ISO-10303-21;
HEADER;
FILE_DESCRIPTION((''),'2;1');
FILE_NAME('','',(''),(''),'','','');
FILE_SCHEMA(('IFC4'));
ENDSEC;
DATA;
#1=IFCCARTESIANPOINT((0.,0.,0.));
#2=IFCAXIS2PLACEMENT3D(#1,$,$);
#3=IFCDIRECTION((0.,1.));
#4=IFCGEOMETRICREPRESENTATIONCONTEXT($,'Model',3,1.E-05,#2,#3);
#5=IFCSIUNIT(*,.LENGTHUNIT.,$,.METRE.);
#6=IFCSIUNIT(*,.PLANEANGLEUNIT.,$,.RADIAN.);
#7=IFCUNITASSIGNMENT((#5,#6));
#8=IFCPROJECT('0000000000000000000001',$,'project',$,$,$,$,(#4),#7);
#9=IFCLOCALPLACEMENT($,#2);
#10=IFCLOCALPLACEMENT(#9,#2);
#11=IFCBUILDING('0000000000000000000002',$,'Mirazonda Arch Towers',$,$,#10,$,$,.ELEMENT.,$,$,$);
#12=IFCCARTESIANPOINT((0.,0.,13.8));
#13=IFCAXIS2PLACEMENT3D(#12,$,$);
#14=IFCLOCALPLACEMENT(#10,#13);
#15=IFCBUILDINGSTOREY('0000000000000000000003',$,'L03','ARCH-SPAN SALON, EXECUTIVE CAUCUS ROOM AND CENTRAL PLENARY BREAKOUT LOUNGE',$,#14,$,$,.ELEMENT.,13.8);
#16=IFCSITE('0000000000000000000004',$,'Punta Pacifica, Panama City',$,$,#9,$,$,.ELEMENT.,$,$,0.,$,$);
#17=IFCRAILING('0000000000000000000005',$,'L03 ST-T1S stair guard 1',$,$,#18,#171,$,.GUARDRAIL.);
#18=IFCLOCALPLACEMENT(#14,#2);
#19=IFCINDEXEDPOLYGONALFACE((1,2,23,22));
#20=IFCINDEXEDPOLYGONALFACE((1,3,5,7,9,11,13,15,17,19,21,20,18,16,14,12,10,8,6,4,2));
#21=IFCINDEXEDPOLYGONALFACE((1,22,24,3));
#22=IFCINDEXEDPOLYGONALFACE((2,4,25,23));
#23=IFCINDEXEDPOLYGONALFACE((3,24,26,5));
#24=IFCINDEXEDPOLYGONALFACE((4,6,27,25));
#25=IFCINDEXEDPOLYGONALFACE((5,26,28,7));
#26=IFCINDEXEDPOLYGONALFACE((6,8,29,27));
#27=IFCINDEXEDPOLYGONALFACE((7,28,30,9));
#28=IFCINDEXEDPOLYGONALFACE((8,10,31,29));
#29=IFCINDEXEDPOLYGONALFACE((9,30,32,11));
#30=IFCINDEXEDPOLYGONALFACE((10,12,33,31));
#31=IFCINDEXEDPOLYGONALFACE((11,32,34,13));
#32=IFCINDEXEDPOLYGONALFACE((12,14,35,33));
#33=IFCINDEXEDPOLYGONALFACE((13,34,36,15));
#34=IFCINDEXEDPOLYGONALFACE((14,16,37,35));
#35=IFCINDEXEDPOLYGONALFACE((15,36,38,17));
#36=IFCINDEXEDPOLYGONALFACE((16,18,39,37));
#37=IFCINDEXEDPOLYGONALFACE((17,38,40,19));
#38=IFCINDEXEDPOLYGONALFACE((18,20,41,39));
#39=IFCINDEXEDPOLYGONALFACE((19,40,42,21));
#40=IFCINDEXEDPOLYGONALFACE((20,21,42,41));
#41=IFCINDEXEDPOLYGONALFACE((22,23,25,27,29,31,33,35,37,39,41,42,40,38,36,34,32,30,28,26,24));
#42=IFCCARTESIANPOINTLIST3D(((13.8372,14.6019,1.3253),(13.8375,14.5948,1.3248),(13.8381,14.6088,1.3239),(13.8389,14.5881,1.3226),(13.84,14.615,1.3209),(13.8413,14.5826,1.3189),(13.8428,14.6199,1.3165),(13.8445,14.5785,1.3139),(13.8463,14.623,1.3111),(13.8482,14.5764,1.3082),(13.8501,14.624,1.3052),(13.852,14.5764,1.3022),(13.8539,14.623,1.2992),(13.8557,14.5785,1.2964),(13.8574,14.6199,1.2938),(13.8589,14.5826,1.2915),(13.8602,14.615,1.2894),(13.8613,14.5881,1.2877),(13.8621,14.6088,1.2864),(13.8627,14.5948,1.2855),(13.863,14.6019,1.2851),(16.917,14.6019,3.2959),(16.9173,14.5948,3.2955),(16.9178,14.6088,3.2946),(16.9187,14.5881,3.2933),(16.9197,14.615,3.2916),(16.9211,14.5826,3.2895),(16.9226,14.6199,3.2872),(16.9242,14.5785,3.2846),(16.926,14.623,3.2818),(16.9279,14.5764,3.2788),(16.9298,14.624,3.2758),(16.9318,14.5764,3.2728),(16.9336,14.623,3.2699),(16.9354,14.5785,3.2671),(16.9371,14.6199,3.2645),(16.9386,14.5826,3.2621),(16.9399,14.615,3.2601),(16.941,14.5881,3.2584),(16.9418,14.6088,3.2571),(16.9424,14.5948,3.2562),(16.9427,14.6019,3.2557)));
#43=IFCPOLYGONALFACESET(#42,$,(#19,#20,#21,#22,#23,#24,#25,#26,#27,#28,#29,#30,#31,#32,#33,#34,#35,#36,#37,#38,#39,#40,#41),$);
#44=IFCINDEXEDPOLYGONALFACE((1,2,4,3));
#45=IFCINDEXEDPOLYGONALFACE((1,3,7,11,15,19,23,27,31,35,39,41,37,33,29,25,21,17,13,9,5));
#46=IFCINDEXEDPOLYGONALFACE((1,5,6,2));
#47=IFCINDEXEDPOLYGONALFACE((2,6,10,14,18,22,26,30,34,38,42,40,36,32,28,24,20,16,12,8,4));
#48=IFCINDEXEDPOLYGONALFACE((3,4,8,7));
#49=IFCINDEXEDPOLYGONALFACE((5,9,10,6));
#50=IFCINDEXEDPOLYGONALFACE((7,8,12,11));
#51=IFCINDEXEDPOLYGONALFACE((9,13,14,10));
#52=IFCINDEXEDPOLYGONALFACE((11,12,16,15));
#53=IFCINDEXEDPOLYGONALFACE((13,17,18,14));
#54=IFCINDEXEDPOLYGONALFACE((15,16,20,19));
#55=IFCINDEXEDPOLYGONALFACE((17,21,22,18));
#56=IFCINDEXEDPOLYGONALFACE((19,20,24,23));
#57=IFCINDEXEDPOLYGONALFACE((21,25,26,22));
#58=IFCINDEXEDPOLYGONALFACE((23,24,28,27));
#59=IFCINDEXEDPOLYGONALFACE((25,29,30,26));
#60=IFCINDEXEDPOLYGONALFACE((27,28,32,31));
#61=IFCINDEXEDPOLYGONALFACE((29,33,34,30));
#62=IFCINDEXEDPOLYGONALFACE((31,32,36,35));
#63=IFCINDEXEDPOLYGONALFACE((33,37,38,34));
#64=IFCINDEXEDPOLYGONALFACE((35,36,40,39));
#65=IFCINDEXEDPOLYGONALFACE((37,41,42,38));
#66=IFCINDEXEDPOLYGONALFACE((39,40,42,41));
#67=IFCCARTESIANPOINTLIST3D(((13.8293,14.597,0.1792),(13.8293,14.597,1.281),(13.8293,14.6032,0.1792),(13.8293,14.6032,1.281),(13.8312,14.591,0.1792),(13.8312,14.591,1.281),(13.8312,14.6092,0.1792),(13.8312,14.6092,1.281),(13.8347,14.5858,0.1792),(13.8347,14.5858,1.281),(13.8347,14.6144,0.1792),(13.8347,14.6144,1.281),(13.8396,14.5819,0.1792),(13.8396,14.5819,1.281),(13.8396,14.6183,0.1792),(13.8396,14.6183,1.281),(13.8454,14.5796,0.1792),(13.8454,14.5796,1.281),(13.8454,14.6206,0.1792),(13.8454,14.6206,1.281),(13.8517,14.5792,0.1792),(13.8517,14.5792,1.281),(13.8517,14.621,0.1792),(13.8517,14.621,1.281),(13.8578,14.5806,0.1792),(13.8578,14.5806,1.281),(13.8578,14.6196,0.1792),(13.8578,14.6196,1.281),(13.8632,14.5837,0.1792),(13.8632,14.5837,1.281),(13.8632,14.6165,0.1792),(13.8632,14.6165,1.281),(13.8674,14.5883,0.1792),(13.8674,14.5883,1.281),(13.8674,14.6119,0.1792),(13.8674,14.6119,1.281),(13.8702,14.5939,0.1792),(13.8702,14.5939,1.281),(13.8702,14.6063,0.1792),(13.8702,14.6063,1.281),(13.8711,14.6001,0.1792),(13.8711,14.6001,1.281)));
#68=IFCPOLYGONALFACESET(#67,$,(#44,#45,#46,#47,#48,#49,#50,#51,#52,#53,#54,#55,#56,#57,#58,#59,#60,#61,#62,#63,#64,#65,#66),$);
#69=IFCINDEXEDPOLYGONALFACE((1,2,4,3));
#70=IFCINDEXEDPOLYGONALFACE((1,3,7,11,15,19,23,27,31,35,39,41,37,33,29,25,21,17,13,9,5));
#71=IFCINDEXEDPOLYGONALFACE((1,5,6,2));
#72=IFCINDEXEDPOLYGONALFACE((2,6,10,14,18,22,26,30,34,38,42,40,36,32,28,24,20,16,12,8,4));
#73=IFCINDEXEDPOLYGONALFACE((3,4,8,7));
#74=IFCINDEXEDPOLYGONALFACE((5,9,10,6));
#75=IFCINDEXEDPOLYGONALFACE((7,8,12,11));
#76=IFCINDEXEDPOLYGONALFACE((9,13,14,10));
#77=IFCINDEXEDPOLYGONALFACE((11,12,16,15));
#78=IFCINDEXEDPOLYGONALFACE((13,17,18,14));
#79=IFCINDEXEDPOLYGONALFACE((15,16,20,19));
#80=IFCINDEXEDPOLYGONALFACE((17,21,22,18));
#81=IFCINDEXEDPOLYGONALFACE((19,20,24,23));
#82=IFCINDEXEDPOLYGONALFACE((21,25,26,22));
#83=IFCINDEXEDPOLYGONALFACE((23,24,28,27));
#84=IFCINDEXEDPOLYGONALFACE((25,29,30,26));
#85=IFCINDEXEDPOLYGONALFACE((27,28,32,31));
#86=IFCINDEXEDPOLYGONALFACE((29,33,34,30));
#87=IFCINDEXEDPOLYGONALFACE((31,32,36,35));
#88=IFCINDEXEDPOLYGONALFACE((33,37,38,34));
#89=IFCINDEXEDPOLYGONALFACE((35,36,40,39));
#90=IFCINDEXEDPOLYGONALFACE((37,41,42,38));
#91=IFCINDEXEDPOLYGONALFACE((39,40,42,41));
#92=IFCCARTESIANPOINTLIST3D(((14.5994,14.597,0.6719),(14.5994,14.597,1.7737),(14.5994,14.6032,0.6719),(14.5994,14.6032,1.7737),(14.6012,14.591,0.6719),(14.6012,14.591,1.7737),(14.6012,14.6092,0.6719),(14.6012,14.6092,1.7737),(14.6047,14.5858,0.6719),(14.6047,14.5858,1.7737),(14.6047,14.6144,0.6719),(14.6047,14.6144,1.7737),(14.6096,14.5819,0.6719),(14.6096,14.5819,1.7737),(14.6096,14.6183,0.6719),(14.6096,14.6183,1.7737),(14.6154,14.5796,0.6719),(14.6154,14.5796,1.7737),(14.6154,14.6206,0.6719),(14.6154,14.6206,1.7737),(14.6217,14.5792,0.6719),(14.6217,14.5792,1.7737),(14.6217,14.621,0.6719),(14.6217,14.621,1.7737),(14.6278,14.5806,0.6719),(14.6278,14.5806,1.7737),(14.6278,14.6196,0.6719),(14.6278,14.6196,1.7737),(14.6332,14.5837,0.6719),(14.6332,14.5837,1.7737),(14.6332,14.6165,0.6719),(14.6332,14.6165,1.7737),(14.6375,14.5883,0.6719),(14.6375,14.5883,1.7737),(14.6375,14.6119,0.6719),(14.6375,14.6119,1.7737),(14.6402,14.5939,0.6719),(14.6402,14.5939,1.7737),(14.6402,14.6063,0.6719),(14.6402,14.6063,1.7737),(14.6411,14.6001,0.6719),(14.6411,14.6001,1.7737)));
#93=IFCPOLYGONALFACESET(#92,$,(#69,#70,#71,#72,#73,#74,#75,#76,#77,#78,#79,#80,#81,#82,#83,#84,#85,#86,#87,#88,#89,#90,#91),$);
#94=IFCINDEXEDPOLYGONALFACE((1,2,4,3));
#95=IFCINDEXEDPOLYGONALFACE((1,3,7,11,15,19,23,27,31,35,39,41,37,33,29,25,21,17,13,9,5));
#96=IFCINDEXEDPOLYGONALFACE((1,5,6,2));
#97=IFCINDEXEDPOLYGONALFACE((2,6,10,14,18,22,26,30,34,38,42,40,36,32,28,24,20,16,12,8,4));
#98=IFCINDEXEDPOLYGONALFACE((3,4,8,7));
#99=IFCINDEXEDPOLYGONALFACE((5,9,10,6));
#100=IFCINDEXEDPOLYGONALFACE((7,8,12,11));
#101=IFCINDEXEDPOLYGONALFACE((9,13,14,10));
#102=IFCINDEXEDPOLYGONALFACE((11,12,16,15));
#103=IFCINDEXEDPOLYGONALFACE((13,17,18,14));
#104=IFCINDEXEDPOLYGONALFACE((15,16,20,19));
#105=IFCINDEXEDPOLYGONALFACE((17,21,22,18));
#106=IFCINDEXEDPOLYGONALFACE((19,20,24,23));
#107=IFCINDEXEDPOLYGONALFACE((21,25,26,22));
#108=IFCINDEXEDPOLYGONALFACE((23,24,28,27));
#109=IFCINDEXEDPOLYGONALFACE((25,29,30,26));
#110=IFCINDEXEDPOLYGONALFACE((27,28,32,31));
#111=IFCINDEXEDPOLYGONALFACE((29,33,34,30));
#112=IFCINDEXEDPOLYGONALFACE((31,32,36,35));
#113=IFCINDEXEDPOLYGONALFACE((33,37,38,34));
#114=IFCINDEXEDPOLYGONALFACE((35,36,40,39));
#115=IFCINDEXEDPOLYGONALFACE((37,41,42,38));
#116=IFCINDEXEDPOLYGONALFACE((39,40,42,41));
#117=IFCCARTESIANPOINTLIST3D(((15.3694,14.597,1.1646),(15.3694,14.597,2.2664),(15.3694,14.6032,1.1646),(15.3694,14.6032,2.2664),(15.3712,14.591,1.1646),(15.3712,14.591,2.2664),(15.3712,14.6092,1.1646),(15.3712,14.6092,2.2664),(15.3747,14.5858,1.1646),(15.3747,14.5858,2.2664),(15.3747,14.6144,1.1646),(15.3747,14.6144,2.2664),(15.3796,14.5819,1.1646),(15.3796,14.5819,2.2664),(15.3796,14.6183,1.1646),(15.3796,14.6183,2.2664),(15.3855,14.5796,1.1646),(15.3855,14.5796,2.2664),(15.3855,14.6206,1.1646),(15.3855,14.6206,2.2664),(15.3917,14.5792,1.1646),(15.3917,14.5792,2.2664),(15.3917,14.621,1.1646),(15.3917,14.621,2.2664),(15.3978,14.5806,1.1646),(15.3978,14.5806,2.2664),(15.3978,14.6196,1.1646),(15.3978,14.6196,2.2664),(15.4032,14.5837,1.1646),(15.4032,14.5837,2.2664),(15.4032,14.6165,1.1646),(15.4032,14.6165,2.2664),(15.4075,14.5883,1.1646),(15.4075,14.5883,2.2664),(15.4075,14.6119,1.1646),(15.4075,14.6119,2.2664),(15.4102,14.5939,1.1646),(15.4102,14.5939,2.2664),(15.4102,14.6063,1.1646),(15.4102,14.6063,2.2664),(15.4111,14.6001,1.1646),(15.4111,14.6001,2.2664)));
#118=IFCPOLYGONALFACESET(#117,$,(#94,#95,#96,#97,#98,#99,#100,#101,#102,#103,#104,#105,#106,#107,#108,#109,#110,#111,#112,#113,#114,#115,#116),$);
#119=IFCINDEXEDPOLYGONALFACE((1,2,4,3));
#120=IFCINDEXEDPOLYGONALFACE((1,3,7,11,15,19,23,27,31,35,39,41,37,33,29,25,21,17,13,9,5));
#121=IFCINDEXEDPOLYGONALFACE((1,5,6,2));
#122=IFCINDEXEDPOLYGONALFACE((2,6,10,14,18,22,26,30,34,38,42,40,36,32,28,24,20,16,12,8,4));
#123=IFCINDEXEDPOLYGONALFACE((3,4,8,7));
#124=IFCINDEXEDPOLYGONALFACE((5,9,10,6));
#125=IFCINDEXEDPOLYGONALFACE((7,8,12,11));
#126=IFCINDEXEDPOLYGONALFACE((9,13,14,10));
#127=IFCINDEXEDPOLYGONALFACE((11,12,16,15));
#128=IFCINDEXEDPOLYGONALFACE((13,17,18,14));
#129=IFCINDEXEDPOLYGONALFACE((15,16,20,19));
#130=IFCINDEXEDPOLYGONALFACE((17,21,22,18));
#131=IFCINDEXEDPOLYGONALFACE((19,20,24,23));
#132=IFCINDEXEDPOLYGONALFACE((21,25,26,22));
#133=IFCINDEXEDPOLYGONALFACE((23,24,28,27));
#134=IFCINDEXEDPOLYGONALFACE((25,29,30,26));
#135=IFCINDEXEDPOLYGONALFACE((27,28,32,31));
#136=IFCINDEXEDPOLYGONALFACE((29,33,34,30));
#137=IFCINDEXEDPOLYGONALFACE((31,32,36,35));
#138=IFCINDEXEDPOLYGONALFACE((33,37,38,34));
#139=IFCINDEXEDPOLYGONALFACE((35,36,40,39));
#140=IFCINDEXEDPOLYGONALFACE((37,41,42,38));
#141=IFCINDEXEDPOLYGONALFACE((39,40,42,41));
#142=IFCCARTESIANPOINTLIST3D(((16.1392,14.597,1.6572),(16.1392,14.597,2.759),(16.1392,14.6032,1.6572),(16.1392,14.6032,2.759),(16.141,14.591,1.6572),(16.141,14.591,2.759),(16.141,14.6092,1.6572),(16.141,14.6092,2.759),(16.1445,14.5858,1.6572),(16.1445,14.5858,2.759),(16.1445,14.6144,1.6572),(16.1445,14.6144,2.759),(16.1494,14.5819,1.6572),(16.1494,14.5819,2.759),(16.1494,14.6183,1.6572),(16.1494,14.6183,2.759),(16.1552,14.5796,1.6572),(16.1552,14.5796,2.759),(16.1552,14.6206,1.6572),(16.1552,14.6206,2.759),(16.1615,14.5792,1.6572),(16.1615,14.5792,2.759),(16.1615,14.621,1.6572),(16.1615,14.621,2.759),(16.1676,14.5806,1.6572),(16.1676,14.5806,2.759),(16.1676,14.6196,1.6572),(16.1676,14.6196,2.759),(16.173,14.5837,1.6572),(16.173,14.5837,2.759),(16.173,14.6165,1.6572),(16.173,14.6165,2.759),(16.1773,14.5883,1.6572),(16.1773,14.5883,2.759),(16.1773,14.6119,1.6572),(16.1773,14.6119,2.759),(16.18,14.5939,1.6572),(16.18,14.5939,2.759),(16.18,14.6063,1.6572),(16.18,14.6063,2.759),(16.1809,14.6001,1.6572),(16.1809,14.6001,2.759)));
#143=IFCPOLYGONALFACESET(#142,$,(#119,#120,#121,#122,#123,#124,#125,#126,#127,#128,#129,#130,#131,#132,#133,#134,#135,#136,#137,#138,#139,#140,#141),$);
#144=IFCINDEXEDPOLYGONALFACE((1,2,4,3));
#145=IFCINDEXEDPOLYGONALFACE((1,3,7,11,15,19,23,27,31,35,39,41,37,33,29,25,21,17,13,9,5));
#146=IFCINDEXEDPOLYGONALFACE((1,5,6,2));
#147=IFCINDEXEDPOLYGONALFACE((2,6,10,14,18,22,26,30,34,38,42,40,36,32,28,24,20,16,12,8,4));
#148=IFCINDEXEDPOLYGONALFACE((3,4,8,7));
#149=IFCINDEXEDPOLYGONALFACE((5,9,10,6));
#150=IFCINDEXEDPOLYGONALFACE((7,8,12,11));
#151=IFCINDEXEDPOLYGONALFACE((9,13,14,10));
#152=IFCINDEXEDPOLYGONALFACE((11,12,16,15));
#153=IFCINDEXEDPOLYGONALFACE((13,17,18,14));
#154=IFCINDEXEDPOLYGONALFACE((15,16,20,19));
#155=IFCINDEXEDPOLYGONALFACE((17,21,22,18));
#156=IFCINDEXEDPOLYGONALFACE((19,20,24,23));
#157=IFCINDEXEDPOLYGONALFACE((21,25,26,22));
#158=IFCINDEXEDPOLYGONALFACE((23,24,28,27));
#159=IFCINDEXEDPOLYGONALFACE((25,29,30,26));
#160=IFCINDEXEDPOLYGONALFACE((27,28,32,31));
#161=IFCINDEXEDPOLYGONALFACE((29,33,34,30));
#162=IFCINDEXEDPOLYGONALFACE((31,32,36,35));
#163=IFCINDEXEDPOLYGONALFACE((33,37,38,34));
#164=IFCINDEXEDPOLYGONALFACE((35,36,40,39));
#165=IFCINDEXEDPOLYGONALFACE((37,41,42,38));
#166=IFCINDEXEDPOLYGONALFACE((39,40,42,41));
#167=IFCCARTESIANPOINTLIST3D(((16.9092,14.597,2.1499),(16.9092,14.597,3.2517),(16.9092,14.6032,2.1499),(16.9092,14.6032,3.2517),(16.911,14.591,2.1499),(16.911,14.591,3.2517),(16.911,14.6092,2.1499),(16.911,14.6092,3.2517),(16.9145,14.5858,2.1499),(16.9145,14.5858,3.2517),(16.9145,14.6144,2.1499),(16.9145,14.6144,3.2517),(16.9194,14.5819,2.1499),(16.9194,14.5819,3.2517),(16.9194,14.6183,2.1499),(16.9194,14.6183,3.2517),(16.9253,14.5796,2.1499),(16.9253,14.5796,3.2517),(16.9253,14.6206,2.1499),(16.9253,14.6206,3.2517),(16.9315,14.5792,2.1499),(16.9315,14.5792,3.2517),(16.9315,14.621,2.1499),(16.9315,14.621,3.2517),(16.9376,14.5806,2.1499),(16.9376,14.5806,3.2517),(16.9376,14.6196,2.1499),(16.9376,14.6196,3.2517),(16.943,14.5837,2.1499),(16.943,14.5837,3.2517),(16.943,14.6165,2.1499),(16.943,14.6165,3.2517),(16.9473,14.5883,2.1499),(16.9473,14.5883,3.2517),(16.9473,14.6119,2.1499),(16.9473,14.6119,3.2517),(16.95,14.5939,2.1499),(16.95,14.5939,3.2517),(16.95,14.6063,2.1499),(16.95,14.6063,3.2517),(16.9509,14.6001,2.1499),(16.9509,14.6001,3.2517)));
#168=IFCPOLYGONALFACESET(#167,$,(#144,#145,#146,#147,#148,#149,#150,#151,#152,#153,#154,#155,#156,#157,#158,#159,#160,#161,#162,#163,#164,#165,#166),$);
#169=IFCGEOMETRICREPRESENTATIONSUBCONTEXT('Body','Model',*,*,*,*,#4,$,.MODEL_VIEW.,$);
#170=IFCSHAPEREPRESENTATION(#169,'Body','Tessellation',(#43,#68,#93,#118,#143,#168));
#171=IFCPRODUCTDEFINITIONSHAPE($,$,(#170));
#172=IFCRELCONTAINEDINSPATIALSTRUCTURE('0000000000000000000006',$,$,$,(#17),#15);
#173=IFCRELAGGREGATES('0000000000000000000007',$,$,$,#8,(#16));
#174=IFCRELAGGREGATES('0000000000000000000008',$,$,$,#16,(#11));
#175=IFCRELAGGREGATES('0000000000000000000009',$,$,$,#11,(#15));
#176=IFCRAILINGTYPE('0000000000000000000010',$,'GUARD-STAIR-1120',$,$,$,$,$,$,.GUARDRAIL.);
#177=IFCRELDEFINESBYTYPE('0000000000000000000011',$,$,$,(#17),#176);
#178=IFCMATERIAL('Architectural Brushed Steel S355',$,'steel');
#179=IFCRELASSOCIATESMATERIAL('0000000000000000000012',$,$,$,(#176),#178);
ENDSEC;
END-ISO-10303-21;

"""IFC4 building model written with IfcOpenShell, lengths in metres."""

from ifc_helpers import new_model, si_unit, direction, frame, origin, origin_2d, place, context, subcontext, project, spatial, circle, extrude, material, type_object, element, save


model = new_model("IFC4")

# Units and contexts
model_context = context("Model", 3, precision=1e-05, world=origin(), true_north=direction((0.0, 1.0)))
body_context = subcontext(model_context, "Body", "Model", "MODEL_VIEW")
ifc_project = project(units=[si_unit("LENGTHUNIT", "METRE"), si_unit("PLANEANGLEUNIT", "RADIAN")], contexts=[model_context])

# Site, building, storey
site_placement = place(None, origin())
site = spatial("IfcSite", under=ifc_project, at=site_placement, Name="Punta Pacifica, Panama City", CompositionType="ELEMENT", RefElevation=0.0)
building_placement = place(site_placement, origin())
building = spatial("IfcBuilding", under=site, at=building_placement, Name="Mirazonda Arch Towers", CompositionType="ELEMENT")
storey_placement = place(building_placement, frame((0.0, 0.0, 13.8)))
storey = spatial("IfcBuildingStorey", under=building, at=storey_placement, Name="L03", Description="ARCH-SPAN SALON, EXECUTIVE CAUCUS ROOM AND CENTRAL PLENARY BREAKOUT LOUNGE", CompositionType="ELEMENT", Elevation=13.8)

# Shared definitions
ifc_material_1 = material(Name="Architectural Brushed Steel S355", Category="steel")

# Railing
railing_type_1 = type_object("IfcRailingType", Name="GUARD-STAIR-1120", PredefinedType="GUARDRAIL", material=ifc_material_1)
railing_1_placement = place(storey_placement, frame((13.8501, 14.6001, 0.1792)))
element("IfcRailing", 1, at=railing_1_placement, inside=storey, type_object=railing_type_1, Name="L03 ST-T1S stair guard 1", PredefinedType="GUARDRAIL", context=body_context, shape_type="SweptSolid", body=[
    extrude(circle(Radius=0.0239, at=origin_2d()), frame((0.0, 0.0, 1.126), z_axis=(0.84232, 0.0, 0.538978), x_axis=(0.0, 1.0, 0.0)), (0.0, 0.0, 1.0), 3.6562),
    extrude(circle(Radius=0.021, at=origin_2d()), origin(), (0.0, 0.0, 1.0), 1.1018),
    extrude(circle(Radius=0.021, at=origin_2d()), frame((0.77, 0.0, 0.4927)), (0.0, 0.0, 1.0), 1.1018),
    extrude(circle(Radius=0.021, at=origin_2d()), frame((1.54, 0.0, 0.9854)), (0.0, 0.0, 1.0), 1.1018),
    extrude(circle(Radius=0.021, at=origin_2d()), frame((2.3098, 0.0, 1.478)), (0.0, 0.0, 1.0), 1.1018),
    extrude(circle(Radius=0.021, at=origin_2d()), frame((3.0798, 0.0, 1.9707)), (0.0, 0.0, 1.0), 1.1018),
])

save(model, "model.ifc")
